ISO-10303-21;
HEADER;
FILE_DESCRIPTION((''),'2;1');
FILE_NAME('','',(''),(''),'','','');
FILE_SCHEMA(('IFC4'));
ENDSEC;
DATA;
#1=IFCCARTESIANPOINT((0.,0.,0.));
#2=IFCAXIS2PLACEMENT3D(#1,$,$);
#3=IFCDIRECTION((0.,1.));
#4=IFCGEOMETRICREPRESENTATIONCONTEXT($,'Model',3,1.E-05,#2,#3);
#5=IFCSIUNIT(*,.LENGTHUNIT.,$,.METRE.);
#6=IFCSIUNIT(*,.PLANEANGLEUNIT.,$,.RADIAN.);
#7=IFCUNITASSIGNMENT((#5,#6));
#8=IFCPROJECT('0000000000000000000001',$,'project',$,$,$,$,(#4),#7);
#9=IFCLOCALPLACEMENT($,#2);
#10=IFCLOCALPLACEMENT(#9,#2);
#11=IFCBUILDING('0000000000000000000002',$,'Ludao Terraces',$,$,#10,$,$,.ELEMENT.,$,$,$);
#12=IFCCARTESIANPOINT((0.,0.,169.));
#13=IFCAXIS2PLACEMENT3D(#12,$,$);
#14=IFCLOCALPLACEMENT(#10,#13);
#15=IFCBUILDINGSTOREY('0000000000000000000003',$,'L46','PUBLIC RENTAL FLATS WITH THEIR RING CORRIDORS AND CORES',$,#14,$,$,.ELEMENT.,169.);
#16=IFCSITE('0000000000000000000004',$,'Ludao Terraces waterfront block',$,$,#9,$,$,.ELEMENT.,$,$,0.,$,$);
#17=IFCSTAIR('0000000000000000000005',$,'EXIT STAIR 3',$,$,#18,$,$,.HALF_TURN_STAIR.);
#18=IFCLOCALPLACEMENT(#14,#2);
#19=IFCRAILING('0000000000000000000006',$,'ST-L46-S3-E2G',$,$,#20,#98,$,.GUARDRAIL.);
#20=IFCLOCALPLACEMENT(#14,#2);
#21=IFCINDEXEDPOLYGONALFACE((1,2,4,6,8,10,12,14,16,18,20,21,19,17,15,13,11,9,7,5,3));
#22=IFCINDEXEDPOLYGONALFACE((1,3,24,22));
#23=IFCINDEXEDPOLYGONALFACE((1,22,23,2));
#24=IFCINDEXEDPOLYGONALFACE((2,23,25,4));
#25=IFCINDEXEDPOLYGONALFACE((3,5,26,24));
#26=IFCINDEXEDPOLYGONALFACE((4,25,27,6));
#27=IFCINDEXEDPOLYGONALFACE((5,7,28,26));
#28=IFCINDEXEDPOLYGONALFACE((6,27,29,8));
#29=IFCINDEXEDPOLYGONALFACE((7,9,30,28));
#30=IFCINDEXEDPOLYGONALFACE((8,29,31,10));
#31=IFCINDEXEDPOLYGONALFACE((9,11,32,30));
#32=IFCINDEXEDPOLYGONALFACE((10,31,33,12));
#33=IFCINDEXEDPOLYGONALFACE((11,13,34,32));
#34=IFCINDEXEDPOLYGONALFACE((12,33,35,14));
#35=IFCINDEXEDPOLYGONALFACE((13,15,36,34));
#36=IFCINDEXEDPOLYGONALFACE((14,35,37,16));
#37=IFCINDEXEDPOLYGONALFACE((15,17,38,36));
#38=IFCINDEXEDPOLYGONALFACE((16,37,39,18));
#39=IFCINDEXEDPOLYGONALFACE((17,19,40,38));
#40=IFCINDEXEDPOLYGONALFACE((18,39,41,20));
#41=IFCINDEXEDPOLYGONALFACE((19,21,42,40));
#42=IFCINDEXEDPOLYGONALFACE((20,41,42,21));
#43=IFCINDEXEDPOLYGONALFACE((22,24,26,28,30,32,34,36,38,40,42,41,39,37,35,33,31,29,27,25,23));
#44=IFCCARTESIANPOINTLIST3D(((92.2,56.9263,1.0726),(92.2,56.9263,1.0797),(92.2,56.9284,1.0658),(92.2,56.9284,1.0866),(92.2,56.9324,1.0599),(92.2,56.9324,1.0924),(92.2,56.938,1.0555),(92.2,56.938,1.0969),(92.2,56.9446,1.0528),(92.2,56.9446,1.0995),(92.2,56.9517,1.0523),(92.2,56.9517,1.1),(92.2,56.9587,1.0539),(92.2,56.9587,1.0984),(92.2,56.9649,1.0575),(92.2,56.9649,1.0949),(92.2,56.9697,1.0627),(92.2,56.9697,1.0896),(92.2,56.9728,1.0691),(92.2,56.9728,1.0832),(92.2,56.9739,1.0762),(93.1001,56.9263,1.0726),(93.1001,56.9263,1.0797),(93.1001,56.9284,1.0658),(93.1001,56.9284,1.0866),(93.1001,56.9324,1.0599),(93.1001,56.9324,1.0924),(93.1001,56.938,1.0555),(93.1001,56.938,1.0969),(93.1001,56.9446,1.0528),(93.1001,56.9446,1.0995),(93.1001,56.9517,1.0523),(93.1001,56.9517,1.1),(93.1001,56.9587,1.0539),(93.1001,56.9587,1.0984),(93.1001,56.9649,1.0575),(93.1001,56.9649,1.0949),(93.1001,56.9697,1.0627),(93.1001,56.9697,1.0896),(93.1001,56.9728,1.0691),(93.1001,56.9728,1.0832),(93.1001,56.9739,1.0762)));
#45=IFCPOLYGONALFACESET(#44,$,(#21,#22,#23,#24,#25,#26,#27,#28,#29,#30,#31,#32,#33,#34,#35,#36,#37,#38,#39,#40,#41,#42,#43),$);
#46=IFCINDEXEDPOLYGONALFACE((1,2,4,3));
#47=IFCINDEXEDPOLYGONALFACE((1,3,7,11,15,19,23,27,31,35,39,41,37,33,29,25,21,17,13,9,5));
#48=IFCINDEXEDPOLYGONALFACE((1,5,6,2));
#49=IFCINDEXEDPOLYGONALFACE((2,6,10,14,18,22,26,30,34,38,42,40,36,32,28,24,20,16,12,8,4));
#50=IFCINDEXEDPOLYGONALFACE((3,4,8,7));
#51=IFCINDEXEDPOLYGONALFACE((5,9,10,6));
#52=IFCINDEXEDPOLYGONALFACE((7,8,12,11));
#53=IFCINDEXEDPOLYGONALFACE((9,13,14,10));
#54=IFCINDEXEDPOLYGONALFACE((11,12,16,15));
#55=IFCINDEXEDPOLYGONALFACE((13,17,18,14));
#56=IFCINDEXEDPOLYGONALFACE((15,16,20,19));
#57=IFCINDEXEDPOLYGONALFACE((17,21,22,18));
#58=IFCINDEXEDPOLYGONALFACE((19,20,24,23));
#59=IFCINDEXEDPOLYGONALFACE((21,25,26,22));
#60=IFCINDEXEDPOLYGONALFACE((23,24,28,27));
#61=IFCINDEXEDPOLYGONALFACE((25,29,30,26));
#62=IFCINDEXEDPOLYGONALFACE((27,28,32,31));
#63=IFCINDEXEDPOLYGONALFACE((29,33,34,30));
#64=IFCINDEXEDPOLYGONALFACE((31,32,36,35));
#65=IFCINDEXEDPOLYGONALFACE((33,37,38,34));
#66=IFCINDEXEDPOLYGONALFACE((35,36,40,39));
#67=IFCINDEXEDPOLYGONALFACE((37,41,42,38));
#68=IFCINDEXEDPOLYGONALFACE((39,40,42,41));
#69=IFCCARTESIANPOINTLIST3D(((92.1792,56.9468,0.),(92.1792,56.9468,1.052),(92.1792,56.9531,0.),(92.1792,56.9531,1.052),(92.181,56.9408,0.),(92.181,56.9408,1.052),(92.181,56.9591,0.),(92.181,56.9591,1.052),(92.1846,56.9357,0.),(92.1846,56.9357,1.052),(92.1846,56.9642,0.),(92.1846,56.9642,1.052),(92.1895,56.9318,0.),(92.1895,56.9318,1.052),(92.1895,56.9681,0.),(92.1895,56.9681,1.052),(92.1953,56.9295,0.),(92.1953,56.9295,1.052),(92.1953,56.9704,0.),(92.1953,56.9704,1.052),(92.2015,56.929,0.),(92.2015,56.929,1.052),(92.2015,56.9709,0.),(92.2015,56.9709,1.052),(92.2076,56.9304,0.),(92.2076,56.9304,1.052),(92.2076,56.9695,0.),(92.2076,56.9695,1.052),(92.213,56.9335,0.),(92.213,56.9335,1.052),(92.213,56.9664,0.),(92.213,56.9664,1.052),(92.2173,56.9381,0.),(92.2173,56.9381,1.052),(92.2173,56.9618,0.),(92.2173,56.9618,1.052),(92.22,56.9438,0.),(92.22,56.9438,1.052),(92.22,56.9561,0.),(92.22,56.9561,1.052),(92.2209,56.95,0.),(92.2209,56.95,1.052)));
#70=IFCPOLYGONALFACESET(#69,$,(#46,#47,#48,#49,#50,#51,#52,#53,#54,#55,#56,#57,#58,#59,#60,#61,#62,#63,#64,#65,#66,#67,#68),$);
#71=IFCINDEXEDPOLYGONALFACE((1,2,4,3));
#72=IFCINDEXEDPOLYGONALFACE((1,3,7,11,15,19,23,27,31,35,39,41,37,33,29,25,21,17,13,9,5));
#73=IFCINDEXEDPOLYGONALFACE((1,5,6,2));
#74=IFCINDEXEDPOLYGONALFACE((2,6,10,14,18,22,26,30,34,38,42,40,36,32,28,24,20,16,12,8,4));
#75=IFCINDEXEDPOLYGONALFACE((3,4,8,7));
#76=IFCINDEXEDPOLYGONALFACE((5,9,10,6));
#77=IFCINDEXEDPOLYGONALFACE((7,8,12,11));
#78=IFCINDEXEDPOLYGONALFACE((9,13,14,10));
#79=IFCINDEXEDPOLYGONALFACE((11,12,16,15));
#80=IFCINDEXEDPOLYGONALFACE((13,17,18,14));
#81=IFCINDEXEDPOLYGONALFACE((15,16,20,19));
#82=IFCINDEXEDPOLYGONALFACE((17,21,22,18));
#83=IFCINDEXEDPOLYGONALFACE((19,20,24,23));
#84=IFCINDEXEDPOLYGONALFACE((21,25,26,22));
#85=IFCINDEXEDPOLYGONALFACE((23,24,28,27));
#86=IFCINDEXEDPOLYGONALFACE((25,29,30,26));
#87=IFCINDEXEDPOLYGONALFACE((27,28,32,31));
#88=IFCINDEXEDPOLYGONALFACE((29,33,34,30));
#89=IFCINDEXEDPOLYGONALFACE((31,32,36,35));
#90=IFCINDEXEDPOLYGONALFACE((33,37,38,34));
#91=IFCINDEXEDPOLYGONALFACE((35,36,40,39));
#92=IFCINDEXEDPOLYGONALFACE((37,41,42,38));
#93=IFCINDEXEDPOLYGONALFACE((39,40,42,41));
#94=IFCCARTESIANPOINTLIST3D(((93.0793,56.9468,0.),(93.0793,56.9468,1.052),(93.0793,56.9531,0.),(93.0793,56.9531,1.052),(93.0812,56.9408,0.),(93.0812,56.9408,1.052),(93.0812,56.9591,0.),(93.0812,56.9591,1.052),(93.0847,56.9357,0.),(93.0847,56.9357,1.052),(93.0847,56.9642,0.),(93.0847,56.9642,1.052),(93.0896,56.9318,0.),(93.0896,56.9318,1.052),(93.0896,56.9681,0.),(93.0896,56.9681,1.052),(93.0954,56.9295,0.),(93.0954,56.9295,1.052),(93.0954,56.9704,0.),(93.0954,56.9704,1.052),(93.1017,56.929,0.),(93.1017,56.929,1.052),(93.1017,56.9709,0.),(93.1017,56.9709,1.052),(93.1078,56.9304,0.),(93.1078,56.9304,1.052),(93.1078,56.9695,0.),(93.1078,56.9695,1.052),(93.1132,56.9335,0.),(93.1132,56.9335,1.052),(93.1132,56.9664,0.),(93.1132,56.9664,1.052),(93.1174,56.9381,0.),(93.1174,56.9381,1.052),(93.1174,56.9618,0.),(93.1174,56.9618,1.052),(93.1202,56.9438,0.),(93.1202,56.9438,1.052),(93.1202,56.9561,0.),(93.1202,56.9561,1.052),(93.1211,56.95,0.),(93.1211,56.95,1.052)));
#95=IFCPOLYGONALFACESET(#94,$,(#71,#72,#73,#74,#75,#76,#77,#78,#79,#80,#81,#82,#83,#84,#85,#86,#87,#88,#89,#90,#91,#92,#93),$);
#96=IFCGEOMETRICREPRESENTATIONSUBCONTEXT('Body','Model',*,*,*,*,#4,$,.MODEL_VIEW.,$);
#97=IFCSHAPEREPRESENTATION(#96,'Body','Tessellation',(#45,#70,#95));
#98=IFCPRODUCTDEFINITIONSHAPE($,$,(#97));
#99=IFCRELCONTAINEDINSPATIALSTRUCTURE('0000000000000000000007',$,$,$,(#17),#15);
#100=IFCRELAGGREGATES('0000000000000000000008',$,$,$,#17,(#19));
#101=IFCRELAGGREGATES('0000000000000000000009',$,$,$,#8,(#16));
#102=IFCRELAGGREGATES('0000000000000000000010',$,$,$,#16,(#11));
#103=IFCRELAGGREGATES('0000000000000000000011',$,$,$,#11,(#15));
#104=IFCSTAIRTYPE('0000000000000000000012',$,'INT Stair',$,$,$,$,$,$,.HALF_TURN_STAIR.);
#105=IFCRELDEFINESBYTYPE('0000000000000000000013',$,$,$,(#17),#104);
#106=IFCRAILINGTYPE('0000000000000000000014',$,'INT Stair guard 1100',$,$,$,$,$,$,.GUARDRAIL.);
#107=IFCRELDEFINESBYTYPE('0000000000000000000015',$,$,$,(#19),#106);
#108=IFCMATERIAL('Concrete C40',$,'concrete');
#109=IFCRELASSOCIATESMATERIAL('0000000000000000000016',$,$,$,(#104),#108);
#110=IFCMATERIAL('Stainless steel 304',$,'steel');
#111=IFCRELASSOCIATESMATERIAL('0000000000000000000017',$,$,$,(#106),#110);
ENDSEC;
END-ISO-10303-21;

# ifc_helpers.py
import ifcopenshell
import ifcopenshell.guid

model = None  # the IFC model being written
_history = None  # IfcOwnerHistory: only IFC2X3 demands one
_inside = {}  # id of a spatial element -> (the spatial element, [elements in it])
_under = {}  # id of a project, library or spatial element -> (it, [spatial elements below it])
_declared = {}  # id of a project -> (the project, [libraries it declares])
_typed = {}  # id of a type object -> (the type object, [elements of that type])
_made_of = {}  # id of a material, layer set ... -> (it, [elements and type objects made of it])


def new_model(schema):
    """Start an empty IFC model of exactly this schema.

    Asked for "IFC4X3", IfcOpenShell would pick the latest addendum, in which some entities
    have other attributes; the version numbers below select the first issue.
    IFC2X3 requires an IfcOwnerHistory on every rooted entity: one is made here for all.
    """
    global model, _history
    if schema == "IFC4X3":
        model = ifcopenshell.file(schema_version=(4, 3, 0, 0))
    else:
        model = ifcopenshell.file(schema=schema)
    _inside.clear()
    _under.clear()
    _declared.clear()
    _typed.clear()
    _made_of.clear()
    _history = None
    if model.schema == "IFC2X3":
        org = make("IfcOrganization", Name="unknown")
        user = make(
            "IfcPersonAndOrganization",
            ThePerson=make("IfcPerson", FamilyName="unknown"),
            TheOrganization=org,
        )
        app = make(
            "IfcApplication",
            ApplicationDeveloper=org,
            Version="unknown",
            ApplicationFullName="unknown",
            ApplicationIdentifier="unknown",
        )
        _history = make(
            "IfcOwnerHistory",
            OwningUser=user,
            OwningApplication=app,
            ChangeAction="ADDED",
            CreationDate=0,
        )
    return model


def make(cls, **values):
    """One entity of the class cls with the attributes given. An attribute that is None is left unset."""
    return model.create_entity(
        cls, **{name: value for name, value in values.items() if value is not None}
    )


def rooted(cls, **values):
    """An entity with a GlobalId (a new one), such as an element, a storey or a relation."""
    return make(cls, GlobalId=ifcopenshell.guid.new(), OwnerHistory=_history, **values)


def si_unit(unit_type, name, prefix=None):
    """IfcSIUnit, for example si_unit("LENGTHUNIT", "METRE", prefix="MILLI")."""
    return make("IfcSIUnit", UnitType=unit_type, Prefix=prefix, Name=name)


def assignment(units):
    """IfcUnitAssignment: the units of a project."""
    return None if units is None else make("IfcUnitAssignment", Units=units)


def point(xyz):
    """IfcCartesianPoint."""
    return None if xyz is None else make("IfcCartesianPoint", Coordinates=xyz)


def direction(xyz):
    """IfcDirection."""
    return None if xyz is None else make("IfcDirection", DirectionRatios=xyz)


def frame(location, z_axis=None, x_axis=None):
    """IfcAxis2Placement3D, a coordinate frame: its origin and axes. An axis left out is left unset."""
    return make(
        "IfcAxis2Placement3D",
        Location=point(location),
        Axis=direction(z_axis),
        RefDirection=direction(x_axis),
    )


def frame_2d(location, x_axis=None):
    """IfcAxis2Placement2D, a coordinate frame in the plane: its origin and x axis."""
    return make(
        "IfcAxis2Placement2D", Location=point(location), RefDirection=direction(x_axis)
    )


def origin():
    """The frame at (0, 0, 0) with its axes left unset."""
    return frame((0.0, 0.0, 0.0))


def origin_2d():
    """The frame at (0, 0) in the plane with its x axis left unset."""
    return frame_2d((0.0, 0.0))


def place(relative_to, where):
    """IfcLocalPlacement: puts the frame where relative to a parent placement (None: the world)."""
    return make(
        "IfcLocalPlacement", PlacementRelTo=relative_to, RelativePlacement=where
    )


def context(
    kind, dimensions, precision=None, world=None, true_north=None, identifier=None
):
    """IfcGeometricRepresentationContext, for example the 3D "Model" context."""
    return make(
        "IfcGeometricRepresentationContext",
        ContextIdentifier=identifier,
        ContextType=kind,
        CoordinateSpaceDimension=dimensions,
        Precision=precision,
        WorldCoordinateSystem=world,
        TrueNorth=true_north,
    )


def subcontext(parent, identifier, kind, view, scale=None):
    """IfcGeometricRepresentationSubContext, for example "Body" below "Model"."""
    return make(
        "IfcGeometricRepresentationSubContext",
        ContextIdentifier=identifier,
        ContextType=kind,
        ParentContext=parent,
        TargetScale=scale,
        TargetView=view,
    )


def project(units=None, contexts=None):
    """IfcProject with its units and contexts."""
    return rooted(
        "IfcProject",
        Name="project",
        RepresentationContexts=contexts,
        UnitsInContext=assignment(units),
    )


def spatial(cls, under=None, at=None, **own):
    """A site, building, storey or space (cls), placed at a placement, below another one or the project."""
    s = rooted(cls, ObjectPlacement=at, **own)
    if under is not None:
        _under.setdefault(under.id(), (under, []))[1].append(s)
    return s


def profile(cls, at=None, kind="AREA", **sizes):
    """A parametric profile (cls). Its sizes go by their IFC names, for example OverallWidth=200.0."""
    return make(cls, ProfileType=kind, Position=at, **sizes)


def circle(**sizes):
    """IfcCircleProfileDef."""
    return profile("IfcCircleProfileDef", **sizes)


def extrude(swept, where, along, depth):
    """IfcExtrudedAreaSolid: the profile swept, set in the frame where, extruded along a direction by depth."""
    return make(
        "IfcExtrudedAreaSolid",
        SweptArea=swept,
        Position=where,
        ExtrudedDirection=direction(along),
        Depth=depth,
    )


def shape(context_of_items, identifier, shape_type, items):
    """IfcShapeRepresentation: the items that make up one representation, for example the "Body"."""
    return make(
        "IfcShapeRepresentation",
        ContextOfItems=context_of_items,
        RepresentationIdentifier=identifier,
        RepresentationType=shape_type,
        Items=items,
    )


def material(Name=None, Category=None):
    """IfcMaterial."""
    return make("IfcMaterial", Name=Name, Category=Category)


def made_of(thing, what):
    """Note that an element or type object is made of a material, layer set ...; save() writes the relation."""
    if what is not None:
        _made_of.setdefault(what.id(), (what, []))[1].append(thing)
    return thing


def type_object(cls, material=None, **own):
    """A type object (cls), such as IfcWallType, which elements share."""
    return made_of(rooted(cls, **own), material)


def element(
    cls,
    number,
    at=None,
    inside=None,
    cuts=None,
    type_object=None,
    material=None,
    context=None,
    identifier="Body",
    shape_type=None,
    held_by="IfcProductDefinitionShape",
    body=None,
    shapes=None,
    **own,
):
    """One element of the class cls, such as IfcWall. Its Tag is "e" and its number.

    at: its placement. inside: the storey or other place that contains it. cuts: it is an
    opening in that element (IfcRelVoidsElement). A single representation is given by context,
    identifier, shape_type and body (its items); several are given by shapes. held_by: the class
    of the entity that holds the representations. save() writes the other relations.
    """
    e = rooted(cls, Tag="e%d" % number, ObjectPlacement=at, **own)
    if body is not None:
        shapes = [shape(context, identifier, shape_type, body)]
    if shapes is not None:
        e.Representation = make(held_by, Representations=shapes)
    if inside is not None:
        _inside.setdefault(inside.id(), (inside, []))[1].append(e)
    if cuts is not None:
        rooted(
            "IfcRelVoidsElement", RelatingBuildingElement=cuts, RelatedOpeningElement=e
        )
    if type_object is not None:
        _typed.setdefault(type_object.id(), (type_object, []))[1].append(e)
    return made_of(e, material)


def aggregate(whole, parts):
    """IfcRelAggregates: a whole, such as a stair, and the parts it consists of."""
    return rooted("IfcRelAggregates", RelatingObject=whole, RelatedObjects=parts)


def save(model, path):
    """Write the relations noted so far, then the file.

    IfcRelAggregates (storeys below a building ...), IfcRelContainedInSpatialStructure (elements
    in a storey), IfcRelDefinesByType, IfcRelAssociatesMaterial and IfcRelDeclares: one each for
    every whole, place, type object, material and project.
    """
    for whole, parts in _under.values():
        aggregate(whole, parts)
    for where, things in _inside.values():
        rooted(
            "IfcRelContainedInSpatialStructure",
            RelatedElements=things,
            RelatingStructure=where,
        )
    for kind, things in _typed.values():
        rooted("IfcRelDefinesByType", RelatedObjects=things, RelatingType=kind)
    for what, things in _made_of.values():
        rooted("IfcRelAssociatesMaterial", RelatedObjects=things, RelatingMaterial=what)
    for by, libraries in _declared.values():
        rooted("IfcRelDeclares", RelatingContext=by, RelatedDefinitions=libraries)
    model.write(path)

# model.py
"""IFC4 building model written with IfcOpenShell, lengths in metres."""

from ifc_helpers import new_model, si_unit, direction, frame, origin, origin_2d, place, context, subcontext, project, spatial, circle, extrude, material, type_object, element, aggregate, save


model = new_model("IFC4")

# Units and contexts
model_context = context("Model", 3, precision=1e-05, world=origin(), true_north=direction((0.0, 1.0)))
body_context = subcontext(model_context, "Body", "Model", "MODEL_VIEW")
ifc_project = project(units=[si_unit("LENGTHUNIT", "METRE"), si_unit("PLANEANGLEUNIT", "RADIAN")], contexts=[model_context])

# Site, building, storey
site_placement = place(None, origin())
site = spatial("IfcSite", under=ifc_project, at=site_placement, Name="Ludao Terraces waterfront block", CompositionType="ELEMENT", RefElevation=0.0)
building_placement = place(site_placement, origin())
building = spatial("IfcBuilding", under=site, at=building_placement, Name="Ludao Terraces", CompositionType="ELEMENT")
storey_placement = place(building_placement, frame((0.0, 0.0, 169.0)))
storey = spatial("IfcBuildingStorey", under=building, at=storey_placement, Name="L46", Description="PUBLIC RENTAL FLATS WITH THEIR RING CORRIDORS AND CORES", CompositionType="ELEMENT", Elevation=169.0)

# Shared definitions
ifc_material_1 = material(Name="Concrete C40", Category="concrete")

# Stair, railing
stair_type = type_object("IfcStairType", Name="INT Stair", PredefinedType="HALF_TURN_STAIR", material=ifc_material_1)
stair_placement = place(storey_placement, origin())
stair = element("IfcStair", 1, at=stair_placement, inside=storey, type_object=stair_type, Name="EXIT STAIR 3", PredefinedType="HALF_TURN_STAIR")
ifc_material_2 = material(Name="Stainless steel 304", Category="steel")
railing_type_1 = type_object("IfcRailingType", Name="INT Stair guard 1100", PredefinedType="GUARDRAIL", material=ifc_material_2)
railing_1_placement = place(storey_placement, frame((92.2, 56.95, 0.0)))
railing_1 = element("IfcRailing", 2, at=railing_1_placement, type_object=railing_type_1, Name="ST-L46-S3-E2G", PredefinedType="GUARDRAIL", context=body_context, shape_type="SweptSolid", body=[
    extrude(circle(Radius=0.0239, at=origin_2d()), frame((0.0, 0.0, 1.0762), z_axis=(1.0, 0.0, 0.0), x_axis=(0.0, 1.0, 0.0)), (0.0, 0.0, 1.0), 0.9001),
    extrude(circle(Radius=0.021, at=origin_2d()), origin(), (0.0, 0.0, 1.0), 1.052),
    extrude(circle(Radius=0.021, at=origin_2d()), frame((0.9001, 0.0, 0.0)), (0.0, 0.0, 1.0), 1.052),
])
aggregate(stair, [railing_1])

save(model, "model.ifc")
